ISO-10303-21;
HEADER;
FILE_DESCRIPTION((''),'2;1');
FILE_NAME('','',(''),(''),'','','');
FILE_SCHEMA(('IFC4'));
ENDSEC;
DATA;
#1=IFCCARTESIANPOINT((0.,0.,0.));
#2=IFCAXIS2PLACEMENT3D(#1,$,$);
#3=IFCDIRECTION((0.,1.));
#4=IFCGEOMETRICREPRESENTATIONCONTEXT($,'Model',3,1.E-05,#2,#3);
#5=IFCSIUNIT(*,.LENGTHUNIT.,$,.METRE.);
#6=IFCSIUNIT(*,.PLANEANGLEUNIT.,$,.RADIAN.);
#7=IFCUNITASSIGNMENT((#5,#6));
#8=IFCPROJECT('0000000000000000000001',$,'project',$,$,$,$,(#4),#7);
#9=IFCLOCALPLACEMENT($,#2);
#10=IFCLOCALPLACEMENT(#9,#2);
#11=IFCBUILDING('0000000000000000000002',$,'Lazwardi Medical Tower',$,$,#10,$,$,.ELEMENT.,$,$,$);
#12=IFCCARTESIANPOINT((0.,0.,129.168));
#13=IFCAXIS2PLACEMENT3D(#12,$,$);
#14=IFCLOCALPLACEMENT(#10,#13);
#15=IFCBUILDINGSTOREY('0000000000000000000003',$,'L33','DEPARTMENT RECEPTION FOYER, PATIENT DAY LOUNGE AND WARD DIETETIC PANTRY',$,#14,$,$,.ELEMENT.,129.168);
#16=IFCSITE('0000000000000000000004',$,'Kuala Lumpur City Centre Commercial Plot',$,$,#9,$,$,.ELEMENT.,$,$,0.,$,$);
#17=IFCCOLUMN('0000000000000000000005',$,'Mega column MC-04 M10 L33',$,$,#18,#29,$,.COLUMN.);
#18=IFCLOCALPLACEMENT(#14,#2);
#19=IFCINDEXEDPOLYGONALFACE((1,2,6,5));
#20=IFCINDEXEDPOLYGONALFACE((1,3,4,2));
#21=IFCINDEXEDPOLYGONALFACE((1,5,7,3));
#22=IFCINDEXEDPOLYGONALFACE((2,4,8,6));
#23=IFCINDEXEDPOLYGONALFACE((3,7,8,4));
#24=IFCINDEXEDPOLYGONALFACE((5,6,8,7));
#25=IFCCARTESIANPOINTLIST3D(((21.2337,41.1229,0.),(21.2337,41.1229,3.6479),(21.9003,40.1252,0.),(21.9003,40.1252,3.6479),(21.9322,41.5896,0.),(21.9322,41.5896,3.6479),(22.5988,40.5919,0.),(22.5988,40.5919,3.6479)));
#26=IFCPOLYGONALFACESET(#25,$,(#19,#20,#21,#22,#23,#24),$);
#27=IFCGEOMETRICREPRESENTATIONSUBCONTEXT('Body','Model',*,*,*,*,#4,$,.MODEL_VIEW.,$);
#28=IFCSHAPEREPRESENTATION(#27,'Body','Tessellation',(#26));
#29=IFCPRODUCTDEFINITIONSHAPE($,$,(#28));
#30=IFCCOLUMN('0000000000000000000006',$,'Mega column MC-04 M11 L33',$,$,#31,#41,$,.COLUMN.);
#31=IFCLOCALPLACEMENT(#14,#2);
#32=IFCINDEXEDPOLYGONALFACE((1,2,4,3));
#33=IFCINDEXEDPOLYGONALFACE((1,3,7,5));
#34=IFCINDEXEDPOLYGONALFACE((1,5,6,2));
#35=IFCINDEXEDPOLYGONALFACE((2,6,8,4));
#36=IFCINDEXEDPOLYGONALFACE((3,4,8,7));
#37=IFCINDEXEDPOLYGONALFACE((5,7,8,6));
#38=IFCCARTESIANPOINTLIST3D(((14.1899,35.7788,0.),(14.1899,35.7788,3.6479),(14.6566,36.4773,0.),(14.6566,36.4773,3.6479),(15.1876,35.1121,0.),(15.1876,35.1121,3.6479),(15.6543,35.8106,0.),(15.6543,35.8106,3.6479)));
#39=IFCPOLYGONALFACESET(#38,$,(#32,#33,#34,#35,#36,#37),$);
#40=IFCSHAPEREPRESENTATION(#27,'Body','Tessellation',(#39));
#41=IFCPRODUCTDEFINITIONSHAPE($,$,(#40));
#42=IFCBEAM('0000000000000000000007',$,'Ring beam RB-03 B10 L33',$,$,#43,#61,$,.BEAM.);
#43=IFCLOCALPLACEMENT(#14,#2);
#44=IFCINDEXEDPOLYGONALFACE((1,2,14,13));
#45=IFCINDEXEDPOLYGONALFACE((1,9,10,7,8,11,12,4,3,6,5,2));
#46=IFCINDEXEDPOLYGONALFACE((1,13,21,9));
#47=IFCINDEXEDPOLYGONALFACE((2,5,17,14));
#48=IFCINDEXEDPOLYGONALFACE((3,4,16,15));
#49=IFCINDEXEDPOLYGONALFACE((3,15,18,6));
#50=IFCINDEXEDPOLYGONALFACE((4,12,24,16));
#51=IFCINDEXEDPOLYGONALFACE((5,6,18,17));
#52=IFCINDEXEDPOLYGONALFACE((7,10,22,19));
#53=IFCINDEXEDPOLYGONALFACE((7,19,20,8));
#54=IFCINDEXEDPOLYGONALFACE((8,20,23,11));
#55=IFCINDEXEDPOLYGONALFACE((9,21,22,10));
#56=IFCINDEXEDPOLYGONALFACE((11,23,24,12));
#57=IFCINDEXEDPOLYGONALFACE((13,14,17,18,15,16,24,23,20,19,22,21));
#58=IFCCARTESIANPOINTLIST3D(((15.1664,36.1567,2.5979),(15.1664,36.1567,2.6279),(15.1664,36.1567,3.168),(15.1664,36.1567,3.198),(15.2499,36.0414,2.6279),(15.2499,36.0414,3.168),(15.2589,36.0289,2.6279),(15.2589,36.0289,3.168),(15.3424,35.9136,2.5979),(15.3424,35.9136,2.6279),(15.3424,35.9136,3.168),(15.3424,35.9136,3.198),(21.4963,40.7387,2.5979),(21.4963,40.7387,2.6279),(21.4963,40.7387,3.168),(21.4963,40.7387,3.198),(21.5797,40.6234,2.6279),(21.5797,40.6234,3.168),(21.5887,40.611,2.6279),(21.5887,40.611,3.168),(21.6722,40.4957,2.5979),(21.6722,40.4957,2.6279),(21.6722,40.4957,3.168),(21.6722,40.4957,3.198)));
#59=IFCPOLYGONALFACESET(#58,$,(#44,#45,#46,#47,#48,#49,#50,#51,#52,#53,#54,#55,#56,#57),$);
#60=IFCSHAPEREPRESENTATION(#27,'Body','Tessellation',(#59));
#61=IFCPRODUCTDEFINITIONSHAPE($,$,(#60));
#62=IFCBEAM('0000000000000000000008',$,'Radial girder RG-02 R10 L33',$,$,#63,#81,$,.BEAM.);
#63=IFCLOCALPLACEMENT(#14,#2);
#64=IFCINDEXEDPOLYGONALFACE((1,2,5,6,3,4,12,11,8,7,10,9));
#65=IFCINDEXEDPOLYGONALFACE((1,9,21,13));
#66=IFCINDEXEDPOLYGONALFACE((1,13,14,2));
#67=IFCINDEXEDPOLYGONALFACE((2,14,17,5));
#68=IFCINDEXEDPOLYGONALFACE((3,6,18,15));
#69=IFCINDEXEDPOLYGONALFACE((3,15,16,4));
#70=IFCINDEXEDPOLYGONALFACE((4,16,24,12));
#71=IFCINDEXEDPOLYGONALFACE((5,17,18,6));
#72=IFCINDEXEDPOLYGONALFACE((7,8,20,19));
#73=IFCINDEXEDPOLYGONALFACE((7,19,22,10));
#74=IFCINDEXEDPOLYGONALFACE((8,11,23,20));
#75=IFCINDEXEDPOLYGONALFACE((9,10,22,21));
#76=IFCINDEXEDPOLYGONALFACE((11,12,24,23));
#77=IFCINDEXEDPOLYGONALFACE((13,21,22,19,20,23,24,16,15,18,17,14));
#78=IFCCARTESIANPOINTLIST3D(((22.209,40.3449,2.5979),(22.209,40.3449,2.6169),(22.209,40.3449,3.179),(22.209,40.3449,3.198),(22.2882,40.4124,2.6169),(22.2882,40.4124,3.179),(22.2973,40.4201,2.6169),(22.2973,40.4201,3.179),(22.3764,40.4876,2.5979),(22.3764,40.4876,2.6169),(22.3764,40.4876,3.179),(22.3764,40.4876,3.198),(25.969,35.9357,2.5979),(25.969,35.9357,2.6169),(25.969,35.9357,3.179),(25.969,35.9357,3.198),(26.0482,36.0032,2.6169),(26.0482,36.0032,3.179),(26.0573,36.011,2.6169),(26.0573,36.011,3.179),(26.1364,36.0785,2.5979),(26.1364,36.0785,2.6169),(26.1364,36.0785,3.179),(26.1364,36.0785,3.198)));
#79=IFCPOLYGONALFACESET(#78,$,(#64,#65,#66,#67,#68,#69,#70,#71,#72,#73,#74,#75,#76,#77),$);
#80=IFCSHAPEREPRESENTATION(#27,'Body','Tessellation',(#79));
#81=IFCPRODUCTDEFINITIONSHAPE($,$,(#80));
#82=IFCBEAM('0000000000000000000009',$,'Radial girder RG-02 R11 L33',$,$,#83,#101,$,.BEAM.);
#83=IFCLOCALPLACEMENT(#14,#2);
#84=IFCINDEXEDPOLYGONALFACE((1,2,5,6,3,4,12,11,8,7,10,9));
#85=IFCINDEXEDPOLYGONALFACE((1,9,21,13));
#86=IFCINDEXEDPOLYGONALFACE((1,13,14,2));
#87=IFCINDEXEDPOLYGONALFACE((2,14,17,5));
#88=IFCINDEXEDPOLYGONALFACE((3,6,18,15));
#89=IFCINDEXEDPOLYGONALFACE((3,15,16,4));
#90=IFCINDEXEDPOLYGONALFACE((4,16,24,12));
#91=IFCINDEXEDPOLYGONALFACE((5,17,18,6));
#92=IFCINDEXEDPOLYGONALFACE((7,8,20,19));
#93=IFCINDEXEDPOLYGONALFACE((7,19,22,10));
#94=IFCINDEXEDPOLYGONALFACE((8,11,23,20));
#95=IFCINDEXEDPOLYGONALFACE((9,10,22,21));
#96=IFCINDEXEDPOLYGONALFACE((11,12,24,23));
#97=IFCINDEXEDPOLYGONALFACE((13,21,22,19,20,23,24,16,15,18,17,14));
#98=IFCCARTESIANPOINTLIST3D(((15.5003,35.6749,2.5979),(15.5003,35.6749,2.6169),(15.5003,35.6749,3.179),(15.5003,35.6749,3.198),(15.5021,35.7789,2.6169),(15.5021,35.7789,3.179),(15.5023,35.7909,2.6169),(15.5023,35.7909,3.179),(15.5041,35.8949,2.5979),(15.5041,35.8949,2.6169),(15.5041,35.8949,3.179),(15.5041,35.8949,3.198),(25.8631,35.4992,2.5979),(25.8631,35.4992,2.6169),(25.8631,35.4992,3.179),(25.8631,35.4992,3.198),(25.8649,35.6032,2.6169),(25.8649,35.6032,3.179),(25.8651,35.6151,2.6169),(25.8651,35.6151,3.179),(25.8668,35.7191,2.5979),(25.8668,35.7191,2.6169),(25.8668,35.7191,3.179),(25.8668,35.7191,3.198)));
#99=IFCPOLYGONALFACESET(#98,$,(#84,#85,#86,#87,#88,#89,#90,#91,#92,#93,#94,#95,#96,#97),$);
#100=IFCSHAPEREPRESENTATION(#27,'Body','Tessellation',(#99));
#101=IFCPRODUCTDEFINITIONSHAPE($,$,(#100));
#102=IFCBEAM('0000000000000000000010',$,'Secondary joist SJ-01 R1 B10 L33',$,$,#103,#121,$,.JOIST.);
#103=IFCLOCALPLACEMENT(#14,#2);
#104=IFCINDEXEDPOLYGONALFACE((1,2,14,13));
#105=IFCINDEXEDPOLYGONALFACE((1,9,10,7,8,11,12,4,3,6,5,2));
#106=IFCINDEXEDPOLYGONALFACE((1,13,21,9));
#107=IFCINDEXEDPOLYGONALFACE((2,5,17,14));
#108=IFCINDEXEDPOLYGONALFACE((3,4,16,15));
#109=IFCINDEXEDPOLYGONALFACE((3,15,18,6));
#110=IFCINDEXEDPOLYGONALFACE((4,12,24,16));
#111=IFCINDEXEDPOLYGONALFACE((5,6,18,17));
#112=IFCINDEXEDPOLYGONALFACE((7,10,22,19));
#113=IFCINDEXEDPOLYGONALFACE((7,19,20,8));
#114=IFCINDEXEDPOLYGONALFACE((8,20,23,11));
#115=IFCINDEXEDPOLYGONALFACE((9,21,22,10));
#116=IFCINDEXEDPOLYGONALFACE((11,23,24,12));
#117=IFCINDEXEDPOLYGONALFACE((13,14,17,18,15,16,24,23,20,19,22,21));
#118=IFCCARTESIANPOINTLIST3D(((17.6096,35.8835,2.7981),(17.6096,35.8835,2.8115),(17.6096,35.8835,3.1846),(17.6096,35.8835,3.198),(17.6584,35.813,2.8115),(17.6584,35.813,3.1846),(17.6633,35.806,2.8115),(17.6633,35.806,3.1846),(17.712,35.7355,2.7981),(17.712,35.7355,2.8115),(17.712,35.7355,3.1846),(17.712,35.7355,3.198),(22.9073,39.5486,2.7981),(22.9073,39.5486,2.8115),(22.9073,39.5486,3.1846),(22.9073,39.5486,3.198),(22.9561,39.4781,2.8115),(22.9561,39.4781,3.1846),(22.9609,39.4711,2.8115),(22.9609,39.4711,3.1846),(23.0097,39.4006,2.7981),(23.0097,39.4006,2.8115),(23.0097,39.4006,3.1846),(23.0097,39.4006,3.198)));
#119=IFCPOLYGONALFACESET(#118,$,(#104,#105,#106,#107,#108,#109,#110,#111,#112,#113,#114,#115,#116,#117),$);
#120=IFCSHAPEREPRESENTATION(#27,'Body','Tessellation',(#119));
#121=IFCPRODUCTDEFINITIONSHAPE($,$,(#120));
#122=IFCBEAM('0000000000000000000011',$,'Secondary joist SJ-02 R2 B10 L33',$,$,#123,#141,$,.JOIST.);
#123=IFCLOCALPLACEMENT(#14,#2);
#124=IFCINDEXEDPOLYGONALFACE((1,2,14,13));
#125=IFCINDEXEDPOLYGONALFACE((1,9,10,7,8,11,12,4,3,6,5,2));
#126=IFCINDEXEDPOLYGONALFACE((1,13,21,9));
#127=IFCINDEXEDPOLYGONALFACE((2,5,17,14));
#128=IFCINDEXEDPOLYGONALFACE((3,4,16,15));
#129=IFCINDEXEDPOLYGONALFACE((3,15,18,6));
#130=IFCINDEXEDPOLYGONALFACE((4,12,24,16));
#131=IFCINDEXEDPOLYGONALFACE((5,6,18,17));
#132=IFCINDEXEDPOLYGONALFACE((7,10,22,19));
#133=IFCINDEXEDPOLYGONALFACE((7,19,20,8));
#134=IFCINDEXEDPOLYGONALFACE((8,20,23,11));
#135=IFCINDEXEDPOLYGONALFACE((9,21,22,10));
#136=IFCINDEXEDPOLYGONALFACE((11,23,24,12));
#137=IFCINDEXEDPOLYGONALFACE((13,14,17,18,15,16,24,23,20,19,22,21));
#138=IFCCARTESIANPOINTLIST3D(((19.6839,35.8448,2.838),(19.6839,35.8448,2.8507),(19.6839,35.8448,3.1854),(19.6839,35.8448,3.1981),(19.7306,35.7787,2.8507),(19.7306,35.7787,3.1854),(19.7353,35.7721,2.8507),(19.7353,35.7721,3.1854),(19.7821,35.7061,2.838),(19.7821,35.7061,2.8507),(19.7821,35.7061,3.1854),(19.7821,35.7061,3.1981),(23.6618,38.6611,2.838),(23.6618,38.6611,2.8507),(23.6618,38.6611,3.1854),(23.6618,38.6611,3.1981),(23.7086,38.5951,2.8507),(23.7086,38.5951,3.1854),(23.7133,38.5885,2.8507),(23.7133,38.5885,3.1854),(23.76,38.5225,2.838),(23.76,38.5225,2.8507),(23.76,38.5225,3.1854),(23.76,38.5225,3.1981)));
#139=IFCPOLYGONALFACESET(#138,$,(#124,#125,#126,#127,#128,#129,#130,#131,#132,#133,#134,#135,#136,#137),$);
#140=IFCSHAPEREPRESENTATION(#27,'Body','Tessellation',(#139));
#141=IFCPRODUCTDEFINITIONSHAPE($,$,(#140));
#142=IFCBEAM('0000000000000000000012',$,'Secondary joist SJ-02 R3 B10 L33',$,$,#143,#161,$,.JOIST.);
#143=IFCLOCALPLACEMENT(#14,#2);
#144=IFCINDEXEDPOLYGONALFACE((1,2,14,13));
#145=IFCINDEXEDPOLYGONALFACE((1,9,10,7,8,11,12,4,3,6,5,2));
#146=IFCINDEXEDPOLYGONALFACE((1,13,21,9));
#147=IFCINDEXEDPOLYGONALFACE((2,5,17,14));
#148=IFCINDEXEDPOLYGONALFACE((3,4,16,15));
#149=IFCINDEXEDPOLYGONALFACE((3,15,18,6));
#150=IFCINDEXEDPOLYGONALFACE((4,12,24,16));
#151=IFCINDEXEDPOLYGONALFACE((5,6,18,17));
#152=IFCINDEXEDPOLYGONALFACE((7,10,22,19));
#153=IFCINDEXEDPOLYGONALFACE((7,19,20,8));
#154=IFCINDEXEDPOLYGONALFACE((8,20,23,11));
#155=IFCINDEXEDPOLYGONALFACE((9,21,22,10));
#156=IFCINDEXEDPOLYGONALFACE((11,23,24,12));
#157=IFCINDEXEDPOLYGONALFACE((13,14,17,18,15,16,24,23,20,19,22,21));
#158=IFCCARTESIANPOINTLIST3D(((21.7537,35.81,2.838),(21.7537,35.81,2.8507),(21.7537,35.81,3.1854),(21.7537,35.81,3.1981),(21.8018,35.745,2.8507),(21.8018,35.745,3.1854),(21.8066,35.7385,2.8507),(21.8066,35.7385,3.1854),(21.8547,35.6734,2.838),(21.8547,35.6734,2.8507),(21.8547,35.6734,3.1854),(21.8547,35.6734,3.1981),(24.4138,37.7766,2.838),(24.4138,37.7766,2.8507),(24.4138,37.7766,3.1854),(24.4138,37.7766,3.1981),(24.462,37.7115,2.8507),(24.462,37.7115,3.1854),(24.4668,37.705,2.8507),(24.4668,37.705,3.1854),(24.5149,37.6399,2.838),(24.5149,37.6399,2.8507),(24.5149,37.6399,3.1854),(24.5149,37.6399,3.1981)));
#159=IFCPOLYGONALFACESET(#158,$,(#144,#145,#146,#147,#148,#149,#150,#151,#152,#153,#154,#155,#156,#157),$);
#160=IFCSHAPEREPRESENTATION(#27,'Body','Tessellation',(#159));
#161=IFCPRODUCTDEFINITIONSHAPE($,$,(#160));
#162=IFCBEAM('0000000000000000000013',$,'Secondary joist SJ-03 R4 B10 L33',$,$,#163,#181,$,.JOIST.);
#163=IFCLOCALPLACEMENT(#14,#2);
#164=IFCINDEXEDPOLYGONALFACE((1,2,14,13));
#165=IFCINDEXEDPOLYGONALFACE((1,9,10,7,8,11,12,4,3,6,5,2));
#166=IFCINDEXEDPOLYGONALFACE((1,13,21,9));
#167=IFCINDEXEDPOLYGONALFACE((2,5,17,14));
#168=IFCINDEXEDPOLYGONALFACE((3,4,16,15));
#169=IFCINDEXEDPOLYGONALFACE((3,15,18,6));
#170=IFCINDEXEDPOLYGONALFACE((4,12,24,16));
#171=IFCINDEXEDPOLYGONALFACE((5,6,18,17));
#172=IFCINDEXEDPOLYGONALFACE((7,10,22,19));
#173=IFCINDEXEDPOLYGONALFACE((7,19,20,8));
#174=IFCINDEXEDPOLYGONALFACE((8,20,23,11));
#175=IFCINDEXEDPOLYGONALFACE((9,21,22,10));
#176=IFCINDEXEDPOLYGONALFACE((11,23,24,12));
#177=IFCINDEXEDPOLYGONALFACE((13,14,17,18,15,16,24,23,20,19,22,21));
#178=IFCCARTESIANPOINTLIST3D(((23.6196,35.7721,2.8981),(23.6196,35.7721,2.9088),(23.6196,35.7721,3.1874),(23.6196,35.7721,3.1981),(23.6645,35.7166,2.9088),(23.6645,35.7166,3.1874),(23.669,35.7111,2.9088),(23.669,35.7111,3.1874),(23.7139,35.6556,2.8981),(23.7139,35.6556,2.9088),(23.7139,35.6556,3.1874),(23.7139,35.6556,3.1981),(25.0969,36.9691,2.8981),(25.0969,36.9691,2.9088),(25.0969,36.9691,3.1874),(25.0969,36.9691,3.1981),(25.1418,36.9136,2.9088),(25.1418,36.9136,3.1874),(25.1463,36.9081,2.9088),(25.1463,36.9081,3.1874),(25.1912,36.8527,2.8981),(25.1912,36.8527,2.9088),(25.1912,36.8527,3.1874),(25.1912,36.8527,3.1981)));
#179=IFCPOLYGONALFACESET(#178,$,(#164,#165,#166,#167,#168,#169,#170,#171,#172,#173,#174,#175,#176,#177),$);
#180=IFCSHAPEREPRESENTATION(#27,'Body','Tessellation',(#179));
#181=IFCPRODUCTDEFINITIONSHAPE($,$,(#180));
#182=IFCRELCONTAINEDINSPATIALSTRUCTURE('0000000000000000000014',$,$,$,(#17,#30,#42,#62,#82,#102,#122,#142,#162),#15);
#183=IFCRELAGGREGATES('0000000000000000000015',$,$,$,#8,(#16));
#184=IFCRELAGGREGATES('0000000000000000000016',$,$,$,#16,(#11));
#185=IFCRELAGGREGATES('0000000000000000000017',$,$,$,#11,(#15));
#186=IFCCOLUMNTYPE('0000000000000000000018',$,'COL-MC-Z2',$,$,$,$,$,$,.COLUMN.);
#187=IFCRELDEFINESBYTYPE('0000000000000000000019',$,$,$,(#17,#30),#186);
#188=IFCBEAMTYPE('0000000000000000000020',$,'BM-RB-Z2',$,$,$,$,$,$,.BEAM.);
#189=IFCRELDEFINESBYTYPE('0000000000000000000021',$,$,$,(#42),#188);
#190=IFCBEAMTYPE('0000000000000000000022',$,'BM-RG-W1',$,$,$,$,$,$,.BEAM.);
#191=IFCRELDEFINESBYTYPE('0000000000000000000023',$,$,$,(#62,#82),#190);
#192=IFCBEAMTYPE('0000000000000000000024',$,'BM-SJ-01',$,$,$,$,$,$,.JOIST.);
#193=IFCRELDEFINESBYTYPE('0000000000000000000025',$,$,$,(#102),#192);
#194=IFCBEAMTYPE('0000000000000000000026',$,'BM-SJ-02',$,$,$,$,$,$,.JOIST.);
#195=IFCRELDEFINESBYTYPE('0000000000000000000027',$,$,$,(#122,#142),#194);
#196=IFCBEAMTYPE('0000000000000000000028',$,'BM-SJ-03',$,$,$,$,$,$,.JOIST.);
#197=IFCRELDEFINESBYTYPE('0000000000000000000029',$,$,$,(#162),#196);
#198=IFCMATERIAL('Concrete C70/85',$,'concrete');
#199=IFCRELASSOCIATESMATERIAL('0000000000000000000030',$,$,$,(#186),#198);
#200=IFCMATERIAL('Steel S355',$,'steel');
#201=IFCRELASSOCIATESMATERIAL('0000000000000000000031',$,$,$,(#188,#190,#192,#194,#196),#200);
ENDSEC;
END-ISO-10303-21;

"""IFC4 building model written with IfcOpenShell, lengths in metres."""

from ifc_helpers import new_model, si_unit, direction, frame, origin, origin_2d, place, context, subcontext, project, spatial, rectangle, i_section, extrude, material, material_profile, profile_set, type_object, element, save


model = new_model("IFC4")

# Units and contexts
model_context = context("Model", 3, precision=1e-05, world=origin(), true_north=direction((0.0, 1.0)))
body_context = subcontext(model_context, "Body", "Model", "MODEL_VIEW")
ifc_project = project(units=[si_unit("LENGTHUNIT", "METRE"), si_unit("PLANEANGLEUNIT", "RADIAN")], contexts=[model_context])

# Site, building, storey
site_placement = place(None, origin())
site = spatial("IfcSite", under=ifc_project, at=site_placement, Name="Kuala Lumpur City Centre Commercial Plot", CompositionType="ELEMENT", RefElevation=0.0)
building_placement = place(site_placement, origin())
building = spatial("IfcBuilding", under=site, at=building_placement, Name="Lazwardi Medical Tower", CompositionType="ELEMENT")
storey_placement = place(building_placement, frame((0.0, 0.0, 129.168)))
storey = spatial("IfcBuildingStorey", under=building, at=storey_placement, Name="L33", Description="DEPARTMENT RECEPTION FOYER, PATIENT DAY LOUNGE AND WARD DIETETIC PANTRY", CompositionType="ELEMENT", Elevation=129.168)

# Columns
ifc_material_1 = material(Name="Concrete C70/85", Category="concrete")
ifc_material_profile_1 = material_profile(ifc_material_1, rectangle(XDim=1.2, YDim=0.8401, at=origin_2d()), Name="CFT-RECT 1200x840")
ifc_profile_set_1 = profile_set([ifc_material_profile_1], Name="Concrete C70/85")
column_type = type_object("IfcColumnType", Name="COL-MC-Z2", PredefinedType="COLUMN", material=ifc_profile_set_1)
for number, where, z_axis, x_axis, name in (
    (1, (21.9163, 40.8574, 0.0), (0.0, 0.0, 1.0), (-0.55557, 0.83147, 0.0), "Mega column MC-04 M10 L33"),
    (2, (14.9221, 35.7947, 0.0), (0.0, 0.0, 1.0), (-0.83147, 0.55557, 0.0), "Mega column MC-04 M11 L33"),
):
    element("IfcColumn", number, at=place(storey_placement, frame(where, z_axis=z_axis, x_axis=x_axis)), inside=storey, type_object=column_type, Name=name, PredefinedType="COLUMN", context=body_context, shape_type="SweptSolid", body=[
        extrude(rectangle(XDim=1.2, YDim=0.8401, at=origin_2d()), origin(), (0.0, 0.0, 1.0), 3.6479),
    ])

# Beams
ifc_material_2 = material(Name="Steel S355", Category="steel")
ifc_material_profile_2 = material_profile(ifc_material_2, i_section(OverallWidth=0.3, OverallDepth=0.6001, WebThickness=0.0154, FlangeThickness=0.03, at=origin_2d()), Name="HEB 600")
ifc_profile_set_2 = profile_set([ifc_material_profile_2], Name="Steel S355")
beam_type_1 = type_object("IfcBeamType", Name="BM-RB-Z2", PredefinedType="BEAM", material=ifc_profile_set_2)
beam_1_placement = place(storey_placement, frame((21.5842, 40.6172, 2.8979), z_axis=(-0.810042, -0.586372, 0.0), x_axis=(0.586372, -0.810042, 0.0)))
element("IfcBeam", 3, at=beam_1_placement, inside=storey, type_object=beam_type_1, Name="Ring beam RB-03 B10 L33", PredefinedType="BEAM", context=body_context, shape_type="SweptSolid", body=[
    extrude(i_section(OverallWidth=0.3, OverallDepth=0.6001, WebThickness=0.0154, FlangeThickness=0.03, at=origin_2d()), origin(), (0.0, 0.0, 1.0), 7.8142),
])
ifc_material_profile_3 = material_profile(ifc_material_2, i_section(OverallWidth=0.22, OverallDepth=0.6001, WebThickness=0.012, FlangeThickness=0.019, at=origin_2d()), Name="IPE 600")
ifc_profile_set_3 = profile_set([ifc_material_profile_3], Name="Steel S355")
beam_type_2 = type_object("IfcBeamType", Name="BM-RG-W1", PredefinedType="BEAM", material=ifc_profile_set_3)
beam_2_placement = place(storey_placement, frame((22.2927, 40.4163, 2.8979), z_axis=(0.648871, -0.760899, 0.0), x_axis=(0.760899, 0.648871, 0.0)))
element("IfcBeam", 4, at=beam_2_placement, inside=storey, type_object=beam_type_2, Name="Radial girder RG-02 R10 L33", PredefinedType="BEAM", context=body_context, shape_type="SweptSolid", body=[
    extrude(i_section(OverallWidth=0.22, OverallDepth=0.6001, WebThickness=0.012, FlangeThickness=0.019, at=origin_2d()), origin(), (0.0, 0.0, 1.0), 5.7947),
])
beam_3_placement = place(storey_placement, frame((15.5022, 35.7849, 2.8979), z_axis=(0.999856, -0.01696, 0.0), x_axis=(0.01696, 0.999856, 0.0)))
element("IfcBeam", 5, at=beam_3_placement, inside=storey, type_object=beam_type_2, Name="Radial girder RG-02 R11 L33", PredefinedType="BEAM", context=body_context, shape_type="SweptSolid", body=[
    extrude(i_section(OverallWidth=0.22, OverallDepth=0.6001, WebThickness=0.012, FlangeThickness=0.019, at=origin_2d()), origin(), (0.0, 0.0, 1.0), 10.3643),
])
ifc_material_profile_4 = material_profile(ifc_material_2, i_section(OverallWidth=0.1799, OverallDepth=0.3999, WebThickness=0.0085, FlangeThickness=0.0134, at=origin_2d()), Name="IPE 400")
ifc_profile_set_4 = profile_set([ifc_material_profile_4], Name="Steel S355")
beam_type_3 = type_object("IfcBeamType", Name="BM-SJ-01", PredefinedType="JOIST", material=ifc_profile_set_4)
beam_4_placement = place(storey_placement, frame((22.9585, 39.4746, 2.998), z_axis=(-0.822376, -0.568944, 0.0), x_axis=(0.568944, -0.822376, 0.0)))
element("IfcBeam", 6, at=beam_4_placement, inside=storey, type_object=beam_type_3, Name="Secondary joist SJ-01 R1 B10 L33", PredefinedType="JOIST", context=body_context, shape_type="SweptSolid", body=[
    extrude(i_section(OverallWidth=0.1799, OverallDepth=0.3999, WebThickness=0.0085, FlangeThickness=0.0134, at=origin_2d()), origin(), (0.0, 0.0, 1.0), 6.4419),
])
ifc_material_profile_5 = material_profile(ifc_material_2, i_section(OverallWidth=0.1699, OverallDepth=0.3601, WebThickness=0.0081, FlangeThickness=0.0127, at=origin_2d()), Name="IPE 360")
ifc_profile_set_5 = profile_set([ifc_material_profile_5], Name="Steel S355")
beam_type_4 = type_object("IfcBeamType", Name="BM-SJ-02", PredefinedType="JOIST", material=ifc_profile_set_5)
beam_5_placement = place(storey_placement, frame((23.7109, 38.5918, 3.0181), z_axis=(-0.816156, -0.577831, 0.0), x_axis=(0.577831, -0.816156, 0.0)))
element("IfcBeam", 7, at=beam_5_placement, inside=storey, type_object=beam_type_4, Name="Secondary joist SJ-02 R2 B10 L33", PredefinedType="JOIST", context=body_context, shape_type="SweptSolid", body=[
    extrude(i_section(OverallWidth=0.1699, OverallDepth=0.3601, WebThickness=0.0081, FlangeThickness=0.0127, at=origin_2d()), origin(), (0.0, 0.0, 1.0), 4.874),
])
beam_6_placement = place(storey_placement, frame((24.4644, 37.7083, 3.0181), z_axis=(-0.804126, -0.59446, 0.0), x_axis=(0.59446, -0.804126, 0.0)))
element("IfcBeam", 8, at=beam_6_placement, inside=storey, type_object=beam_type_4, Name="Secondary joist SJ-02 R3 B10 L33", PredefinedType="JOIST", context=body_context, shape_type="SweptSolid", body=[
    extrude(i_section(OverallWidth=0.1699, OverallDepth=0.3601, WebThickness=0.0081, FlangeThickness=0.0127, at=origin_2d()), origin(), (0.0, 0.0, 1.0), 3.3081),
])
ifc_material_profile_6 = material_profile(ifc_material_2, i_section(OverallWidth=0.1499, OverallDepth=0.3, WebThickness=0.0071, FlangeThickness=0.0107, at=origin_2d()), Name="IPE 300")
ifc_profile_set_6 = profile_set([ifc_material_profile_6], Name="Steel S355")
beam_type_5 = type_object("IfcBeamType", Name="BM-SJ-03", PredefinedType="JOIST", material=ifc_profile_set_6)
beam_7_placement = place(storey_placement, frame((25.144, 36.9109, 3.0481), z_axis=(-0.776958, -0.629553, 0.0), x_axis=(0.629553, -0.776958, 0.0)))
element("IfcBeam", 9, at=beam_7_placement, inside=storey, type_object=beam_type_5, Name="Secondary joist SJ-03 R4 B10 L33", PredefinedType="JOIST", context=body_context, shape_type="SweptSolid", body=[
    extrude(i_section(OverallWidth=0.1499, OverallDepth=0.3, WebThickness=0.0071, FlangeThickness=0.0107, at=origin_2d()), origin(), (0.0, 0.0, 1.0), 1.9014),
])

save(model, "model.ifc")
